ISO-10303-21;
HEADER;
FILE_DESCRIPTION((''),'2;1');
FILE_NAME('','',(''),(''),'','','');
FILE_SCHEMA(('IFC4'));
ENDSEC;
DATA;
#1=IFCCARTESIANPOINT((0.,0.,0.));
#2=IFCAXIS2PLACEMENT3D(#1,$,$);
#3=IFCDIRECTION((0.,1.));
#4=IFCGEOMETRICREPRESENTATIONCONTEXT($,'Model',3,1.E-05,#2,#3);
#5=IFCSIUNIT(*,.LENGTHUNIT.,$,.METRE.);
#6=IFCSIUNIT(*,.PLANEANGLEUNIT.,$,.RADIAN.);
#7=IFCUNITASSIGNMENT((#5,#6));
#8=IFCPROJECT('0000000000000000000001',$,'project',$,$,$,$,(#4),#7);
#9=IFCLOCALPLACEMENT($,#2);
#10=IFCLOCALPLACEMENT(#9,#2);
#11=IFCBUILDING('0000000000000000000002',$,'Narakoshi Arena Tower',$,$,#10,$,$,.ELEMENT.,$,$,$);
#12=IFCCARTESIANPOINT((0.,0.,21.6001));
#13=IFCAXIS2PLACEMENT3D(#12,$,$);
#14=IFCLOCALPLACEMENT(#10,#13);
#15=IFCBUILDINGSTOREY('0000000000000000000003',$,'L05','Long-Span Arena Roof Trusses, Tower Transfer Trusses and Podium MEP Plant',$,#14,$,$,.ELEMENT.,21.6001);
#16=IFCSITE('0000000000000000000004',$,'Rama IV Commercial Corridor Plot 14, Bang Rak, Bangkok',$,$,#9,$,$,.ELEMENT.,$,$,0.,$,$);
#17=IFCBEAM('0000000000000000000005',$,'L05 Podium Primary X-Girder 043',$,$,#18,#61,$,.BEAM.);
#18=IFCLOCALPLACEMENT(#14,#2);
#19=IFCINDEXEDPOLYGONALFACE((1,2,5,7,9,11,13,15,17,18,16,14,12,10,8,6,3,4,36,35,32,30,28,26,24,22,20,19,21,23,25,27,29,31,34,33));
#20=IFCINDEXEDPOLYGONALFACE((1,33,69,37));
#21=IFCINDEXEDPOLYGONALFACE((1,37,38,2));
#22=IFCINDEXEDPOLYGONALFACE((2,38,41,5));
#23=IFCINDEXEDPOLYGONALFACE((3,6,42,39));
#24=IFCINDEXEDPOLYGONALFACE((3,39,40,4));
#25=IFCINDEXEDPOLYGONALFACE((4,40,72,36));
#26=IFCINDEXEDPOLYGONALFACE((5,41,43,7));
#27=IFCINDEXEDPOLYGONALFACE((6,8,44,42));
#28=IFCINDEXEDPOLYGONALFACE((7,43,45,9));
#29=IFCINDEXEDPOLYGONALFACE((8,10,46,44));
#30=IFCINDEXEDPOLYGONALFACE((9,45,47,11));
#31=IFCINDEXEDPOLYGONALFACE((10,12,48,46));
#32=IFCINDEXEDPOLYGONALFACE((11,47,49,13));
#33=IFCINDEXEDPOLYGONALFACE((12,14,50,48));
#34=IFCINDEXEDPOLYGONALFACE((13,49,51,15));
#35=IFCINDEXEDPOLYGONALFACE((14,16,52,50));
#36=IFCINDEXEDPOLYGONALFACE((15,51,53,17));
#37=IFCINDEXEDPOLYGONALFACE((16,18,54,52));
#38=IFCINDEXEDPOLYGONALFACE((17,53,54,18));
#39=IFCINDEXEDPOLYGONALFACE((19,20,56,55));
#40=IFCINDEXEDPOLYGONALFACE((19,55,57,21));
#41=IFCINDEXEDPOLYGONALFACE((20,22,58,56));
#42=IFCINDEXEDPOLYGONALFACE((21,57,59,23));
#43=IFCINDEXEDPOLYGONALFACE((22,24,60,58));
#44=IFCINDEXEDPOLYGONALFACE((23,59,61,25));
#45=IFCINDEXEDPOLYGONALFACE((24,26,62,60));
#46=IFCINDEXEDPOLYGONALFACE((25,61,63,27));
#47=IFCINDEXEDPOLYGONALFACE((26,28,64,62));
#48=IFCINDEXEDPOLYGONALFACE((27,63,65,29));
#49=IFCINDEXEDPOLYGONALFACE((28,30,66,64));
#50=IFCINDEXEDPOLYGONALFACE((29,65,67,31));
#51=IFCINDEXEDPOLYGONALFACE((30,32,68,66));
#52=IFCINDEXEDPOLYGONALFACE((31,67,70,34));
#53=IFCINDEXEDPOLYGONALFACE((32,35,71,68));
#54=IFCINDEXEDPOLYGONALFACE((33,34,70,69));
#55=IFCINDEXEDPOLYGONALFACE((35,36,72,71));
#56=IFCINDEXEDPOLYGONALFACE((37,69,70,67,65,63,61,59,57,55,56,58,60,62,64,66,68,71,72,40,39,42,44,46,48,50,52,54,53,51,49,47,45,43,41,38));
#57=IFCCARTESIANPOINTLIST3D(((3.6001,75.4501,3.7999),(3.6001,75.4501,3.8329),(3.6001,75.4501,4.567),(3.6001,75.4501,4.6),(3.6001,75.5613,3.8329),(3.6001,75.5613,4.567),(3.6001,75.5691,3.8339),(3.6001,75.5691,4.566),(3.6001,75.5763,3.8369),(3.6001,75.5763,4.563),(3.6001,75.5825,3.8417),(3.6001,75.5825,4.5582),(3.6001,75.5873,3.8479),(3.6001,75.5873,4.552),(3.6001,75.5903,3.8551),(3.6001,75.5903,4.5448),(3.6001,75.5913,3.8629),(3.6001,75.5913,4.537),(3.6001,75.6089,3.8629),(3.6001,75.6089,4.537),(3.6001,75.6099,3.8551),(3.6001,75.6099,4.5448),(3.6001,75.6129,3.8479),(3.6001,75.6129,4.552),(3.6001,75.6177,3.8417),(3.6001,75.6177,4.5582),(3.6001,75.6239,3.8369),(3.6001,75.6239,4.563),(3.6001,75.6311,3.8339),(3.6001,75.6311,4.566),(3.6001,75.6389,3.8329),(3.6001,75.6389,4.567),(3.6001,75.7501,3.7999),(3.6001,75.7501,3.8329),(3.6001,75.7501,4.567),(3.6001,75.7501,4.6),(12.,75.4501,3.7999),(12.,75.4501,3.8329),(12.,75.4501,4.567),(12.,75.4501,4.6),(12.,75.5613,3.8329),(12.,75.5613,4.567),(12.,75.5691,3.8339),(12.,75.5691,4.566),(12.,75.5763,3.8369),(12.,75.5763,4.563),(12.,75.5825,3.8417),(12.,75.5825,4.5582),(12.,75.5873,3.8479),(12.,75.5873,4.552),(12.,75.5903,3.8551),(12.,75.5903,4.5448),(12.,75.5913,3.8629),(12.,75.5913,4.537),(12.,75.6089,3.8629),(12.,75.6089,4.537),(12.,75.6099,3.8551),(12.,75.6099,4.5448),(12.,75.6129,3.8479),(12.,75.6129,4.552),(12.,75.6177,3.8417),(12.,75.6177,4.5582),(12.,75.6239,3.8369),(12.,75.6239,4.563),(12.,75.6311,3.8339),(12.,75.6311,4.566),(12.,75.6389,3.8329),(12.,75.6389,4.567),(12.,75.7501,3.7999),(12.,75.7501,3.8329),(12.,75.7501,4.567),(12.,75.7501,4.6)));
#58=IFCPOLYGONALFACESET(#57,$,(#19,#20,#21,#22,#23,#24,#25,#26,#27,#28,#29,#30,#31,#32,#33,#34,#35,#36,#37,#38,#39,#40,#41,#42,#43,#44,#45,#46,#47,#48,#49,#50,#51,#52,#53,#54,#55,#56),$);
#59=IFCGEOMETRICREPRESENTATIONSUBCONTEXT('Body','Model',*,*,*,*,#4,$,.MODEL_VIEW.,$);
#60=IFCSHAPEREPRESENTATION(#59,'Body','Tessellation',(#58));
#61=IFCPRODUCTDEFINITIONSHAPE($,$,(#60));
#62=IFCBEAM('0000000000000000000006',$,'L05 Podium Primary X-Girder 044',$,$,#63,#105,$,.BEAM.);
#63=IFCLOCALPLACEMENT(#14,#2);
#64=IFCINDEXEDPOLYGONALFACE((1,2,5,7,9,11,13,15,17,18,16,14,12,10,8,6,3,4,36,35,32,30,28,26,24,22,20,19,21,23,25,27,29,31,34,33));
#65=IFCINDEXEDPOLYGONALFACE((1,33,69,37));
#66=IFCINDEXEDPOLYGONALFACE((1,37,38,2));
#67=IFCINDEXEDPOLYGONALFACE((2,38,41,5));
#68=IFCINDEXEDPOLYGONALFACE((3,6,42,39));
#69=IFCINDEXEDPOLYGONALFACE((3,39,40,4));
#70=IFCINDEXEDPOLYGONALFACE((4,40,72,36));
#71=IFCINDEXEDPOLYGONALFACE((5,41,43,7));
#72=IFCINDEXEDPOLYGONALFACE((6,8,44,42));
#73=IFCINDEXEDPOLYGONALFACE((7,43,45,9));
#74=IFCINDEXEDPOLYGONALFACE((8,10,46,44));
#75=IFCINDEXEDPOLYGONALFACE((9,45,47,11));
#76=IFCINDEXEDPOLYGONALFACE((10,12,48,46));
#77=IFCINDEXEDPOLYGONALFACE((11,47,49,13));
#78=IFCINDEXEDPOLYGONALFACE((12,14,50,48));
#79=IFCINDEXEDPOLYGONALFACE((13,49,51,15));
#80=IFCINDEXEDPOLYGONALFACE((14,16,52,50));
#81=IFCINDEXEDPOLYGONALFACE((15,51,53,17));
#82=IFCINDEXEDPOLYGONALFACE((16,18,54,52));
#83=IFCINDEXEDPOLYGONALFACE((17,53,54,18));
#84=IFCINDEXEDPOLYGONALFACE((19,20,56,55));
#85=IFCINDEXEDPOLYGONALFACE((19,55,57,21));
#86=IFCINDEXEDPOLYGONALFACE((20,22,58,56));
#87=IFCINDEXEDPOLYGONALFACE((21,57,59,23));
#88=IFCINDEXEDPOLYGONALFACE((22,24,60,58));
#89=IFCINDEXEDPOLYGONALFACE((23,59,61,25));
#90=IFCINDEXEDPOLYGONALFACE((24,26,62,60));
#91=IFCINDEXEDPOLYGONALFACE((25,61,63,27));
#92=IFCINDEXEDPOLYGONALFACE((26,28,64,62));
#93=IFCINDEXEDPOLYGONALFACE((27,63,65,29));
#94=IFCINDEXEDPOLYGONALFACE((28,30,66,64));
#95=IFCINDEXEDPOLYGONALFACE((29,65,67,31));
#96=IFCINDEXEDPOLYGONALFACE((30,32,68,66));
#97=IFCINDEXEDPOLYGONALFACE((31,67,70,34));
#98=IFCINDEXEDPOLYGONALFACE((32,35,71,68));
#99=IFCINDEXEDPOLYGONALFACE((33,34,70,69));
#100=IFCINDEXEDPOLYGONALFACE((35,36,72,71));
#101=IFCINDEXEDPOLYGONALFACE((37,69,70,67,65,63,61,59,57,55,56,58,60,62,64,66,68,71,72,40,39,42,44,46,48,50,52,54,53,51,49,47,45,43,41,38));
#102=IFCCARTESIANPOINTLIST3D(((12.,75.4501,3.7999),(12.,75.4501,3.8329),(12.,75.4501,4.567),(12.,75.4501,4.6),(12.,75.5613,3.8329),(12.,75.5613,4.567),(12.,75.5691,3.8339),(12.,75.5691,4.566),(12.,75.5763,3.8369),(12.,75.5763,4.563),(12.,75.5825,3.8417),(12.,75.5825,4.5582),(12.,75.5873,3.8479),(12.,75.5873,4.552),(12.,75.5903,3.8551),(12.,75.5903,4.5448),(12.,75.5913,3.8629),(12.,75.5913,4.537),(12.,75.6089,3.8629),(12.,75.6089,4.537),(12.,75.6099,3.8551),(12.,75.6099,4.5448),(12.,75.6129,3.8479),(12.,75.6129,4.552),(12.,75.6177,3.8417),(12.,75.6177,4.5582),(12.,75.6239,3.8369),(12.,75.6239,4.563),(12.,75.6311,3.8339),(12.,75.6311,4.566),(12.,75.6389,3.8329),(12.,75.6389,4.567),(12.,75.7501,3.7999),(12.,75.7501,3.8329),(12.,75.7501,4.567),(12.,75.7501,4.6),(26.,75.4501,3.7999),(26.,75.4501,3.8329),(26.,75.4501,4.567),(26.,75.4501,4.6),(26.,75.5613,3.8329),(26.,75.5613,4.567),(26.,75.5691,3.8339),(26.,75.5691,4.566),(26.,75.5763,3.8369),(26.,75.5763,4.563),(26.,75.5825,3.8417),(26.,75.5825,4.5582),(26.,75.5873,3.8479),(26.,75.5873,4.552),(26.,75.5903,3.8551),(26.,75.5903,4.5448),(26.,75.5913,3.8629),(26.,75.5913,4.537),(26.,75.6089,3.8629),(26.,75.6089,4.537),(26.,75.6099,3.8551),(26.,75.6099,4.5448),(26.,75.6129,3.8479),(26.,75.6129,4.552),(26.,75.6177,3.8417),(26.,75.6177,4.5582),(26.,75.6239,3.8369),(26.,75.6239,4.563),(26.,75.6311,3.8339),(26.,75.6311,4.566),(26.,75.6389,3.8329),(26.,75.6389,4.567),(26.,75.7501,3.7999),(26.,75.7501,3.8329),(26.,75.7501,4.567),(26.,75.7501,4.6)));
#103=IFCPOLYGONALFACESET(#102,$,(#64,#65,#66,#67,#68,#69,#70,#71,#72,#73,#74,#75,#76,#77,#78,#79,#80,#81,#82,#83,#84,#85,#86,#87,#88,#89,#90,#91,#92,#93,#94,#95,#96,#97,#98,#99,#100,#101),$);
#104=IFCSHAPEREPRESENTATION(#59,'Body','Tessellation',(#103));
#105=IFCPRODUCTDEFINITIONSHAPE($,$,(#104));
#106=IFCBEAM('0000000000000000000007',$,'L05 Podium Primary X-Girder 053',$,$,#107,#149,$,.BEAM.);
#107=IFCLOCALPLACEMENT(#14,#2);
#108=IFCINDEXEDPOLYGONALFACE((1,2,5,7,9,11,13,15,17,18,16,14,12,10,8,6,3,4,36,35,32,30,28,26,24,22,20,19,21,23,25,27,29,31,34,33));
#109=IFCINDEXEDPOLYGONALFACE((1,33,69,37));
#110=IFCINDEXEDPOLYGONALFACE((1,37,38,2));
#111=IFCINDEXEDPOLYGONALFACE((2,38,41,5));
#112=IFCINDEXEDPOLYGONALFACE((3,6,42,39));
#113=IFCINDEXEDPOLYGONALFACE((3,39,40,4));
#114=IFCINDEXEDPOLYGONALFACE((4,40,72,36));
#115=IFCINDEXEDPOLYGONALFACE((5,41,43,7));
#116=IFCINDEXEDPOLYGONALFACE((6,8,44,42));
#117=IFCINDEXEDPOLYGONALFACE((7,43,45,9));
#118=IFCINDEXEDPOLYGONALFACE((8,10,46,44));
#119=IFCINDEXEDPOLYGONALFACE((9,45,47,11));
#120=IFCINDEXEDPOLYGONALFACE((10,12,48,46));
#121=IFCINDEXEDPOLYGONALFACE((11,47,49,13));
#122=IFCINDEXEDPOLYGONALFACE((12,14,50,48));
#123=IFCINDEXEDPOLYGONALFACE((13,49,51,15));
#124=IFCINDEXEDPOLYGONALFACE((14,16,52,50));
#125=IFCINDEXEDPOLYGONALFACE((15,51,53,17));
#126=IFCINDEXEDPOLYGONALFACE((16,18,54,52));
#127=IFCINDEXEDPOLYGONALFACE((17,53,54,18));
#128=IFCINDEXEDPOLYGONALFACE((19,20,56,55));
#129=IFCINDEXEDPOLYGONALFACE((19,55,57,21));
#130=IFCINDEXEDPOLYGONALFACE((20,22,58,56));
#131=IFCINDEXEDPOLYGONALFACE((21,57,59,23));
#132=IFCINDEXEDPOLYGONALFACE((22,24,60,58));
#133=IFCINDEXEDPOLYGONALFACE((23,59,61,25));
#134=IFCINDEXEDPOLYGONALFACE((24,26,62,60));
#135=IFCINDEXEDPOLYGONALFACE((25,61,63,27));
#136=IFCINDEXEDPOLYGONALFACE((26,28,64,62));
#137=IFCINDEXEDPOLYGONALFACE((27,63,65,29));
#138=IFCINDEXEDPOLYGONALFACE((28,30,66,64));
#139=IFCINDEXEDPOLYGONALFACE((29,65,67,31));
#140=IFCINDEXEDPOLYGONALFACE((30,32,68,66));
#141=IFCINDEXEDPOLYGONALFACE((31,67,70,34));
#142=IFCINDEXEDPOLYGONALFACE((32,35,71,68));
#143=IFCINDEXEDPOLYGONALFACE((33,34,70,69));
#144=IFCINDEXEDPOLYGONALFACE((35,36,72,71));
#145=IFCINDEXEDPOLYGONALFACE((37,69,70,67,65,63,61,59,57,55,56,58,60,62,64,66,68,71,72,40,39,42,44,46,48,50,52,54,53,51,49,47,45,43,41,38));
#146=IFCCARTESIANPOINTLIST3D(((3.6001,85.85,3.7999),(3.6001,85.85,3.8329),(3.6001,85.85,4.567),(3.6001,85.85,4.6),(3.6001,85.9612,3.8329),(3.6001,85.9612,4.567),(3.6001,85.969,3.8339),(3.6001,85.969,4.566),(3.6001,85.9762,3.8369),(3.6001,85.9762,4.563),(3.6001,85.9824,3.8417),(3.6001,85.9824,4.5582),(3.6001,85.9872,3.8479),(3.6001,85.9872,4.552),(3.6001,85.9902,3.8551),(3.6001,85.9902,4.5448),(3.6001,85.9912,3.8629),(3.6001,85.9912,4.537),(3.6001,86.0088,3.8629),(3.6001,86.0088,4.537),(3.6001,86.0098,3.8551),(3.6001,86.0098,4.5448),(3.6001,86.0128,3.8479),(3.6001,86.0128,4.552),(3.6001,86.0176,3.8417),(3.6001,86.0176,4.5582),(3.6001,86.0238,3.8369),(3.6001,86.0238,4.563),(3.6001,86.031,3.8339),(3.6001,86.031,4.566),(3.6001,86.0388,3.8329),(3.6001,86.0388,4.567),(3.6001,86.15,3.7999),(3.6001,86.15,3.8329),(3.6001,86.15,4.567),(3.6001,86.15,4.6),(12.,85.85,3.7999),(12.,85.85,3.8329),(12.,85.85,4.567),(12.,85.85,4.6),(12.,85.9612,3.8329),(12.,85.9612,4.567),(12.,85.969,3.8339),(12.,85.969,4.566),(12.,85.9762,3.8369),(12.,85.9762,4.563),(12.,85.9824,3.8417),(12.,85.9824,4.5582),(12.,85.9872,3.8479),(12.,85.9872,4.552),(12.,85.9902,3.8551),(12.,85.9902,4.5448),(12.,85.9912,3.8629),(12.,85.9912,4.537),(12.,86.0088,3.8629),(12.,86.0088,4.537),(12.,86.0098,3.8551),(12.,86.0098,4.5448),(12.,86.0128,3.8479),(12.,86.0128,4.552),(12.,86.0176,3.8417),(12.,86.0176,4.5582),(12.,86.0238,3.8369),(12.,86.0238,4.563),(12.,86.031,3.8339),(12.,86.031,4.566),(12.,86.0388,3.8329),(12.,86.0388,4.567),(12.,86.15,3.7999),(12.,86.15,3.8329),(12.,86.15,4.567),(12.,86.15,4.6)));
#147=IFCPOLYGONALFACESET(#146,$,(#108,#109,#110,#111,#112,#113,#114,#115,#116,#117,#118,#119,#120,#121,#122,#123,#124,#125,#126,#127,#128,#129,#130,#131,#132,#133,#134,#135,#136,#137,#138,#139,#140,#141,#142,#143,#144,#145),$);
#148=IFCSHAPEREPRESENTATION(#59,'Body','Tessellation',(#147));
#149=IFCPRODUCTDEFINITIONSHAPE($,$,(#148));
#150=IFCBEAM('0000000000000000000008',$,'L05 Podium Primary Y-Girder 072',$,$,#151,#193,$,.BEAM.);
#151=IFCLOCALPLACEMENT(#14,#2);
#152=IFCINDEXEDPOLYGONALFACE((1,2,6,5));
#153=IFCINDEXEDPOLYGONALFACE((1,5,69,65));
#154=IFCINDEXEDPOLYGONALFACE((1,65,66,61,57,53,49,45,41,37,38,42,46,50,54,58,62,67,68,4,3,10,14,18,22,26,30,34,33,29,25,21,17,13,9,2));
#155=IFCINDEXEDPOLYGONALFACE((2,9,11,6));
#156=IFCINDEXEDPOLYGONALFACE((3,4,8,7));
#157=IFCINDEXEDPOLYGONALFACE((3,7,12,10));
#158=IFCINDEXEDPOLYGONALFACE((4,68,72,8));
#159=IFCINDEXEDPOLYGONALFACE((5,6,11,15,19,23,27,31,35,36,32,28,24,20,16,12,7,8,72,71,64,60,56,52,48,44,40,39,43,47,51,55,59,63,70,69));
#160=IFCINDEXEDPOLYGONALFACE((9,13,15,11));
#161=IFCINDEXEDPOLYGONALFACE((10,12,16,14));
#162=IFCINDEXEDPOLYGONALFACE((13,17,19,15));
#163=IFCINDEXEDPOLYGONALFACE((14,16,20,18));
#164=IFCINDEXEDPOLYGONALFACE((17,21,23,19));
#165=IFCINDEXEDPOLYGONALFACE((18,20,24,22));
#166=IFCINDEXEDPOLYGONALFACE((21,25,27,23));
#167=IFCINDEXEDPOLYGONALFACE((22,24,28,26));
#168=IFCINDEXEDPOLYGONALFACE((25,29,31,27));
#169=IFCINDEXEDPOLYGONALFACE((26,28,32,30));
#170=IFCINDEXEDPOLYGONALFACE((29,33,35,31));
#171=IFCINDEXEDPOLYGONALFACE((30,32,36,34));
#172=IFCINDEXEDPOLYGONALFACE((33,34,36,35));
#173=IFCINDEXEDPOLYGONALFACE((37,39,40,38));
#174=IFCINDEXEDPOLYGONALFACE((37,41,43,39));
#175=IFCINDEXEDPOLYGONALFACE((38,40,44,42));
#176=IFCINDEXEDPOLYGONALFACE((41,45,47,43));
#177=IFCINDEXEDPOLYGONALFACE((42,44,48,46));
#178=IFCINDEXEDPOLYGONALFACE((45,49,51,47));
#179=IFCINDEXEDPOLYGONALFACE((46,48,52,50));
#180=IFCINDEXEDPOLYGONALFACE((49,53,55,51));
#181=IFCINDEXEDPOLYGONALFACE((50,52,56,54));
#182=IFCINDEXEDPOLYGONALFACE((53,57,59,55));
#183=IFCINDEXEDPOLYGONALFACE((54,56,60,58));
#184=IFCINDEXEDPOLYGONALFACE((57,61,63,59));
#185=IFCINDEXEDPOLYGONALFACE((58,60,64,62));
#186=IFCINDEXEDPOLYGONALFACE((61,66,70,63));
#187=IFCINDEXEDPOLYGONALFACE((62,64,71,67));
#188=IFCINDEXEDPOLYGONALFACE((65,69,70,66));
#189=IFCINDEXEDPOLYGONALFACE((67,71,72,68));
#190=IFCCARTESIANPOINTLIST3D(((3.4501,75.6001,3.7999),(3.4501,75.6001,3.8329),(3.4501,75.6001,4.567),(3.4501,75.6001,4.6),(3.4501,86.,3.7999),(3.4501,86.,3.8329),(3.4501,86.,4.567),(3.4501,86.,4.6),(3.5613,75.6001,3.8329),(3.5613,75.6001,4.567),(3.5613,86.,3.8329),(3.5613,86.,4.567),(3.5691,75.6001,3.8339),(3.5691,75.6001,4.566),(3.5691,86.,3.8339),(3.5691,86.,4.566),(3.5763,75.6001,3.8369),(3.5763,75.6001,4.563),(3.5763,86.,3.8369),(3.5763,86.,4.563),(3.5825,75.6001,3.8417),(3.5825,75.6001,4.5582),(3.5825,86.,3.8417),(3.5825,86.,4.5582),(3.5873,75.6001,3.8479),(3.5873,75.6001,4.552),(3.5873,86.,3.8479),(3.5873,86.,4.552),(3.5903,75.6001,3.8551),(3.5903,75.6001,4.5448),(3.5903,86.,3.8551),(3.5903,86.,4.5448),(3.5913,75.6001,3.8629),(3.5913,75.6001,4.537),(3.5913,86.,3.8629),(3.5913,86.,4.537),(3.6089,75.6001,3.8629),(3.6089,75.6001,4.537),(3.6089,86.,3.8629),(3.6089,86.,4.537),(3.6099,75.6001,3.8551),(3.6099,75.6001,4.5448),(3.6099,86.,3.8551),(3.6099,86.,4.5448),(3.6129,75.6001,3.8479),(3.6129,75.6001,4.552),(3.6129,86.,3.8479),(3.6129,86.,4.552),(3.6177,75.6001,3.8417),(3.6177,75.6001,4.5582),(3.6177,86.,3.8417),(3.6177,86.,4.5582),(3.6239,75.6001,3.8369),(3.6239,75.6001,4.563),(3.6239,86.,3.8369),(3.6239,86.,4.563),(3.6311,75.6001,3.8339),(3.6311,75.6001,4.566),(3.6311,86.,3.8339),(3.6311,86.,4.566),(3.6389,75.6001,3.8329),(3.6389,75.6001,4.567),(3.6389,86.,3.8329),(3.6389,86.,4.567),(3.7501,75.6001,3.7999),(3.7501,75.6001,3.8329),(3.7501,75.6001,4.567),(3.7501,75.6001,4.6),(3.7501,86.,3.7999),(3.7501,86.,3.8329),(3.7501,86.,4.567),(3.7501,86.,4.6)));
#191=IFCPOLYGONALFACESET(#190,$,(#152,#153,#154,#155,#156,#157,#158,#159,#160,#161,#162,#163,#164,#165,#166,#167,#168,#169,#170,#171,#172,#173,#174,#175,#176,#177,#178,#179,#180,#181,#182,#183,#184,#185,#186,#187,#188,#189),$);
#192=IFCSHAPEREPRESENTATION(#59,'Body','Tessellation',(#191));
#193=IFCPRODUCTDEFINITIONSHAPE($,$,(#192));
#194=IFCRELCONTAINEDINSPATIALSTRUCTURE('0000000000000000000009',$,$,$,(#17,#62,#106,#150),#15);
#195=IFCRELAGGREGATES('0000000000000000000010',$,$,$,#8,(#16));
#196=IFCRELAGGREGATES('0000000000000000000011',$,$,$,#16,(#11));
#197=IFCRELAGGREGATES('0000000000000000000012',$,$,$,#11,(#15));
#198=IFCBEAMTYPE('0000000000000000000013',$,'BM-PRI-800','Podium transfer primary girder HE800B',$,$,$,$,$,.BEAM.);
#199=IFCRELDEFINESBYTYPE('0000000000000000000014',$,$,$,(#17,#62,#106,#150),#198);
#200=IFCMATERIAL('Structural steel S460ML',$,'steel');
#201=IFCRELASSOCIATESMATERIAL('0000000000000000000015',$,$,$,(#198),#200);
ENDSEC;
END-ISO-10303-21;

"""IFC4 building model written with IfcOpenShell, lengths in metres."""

from ifc_helpers import new_model, si_unit, direction, frame, origin, origin_2d, place, context, subcontext, project, spatial, i_section, extrude, material, material_profile, profile_set, type_object, element, save


model = new_model("IFC4")

# Units and contexts
model_context = context("Model", 3, precision=1e-05, world=origin(), true_north=direction((0.0, 1.0)))
body_context = subcontext(model_context, "Body", "Model", "MODEL_VIEW")
ifc_project = project(units=[si_unit("LENGTHUNIT", "METRE"), si_unit("PLANEANGLEUNIT", "RADIAN")], contexts=[model_context])

# Site, building, storey
site_placement = place(None, origin())
site = spatial("IfcSite", under=ifc_project, at=site_placement, Name="Rama IV Commercial Corridor Plot 14, Bang Rak, Bangkok", CompositionType="ELEMENT", RefElevation=0.0)
building_placement = place(site_placement, origin())
building = spatial("IfcBuilding", under=site, at=building_placement, Name="Narakoshi Arena Tower", CompositionType="ELEMENT")
storey_placement = place(building_placement, frame((0.0, 0.0, 21.6001)))
storey = spatial("IfcBuildingStorey", under=building, at=storey_placement, Name="L05", Description="Long-Span Arena Roof Trusses, Tower Transfer Trusses and Podium MEP Plant", CompositionType="ELEMENT", Elevation=21.6001)

# Beams
ifc_material_1 = material(Name="Structural steel S460ML", Category="steel")
ifc_material_profile_1 = material_profile(ifc_material_1, i_section(OverallWidth=0.3, OverallDepth=0.8, WebThickness=0.0176, FlangeThickness=0.033, FilletRadius=0.03, at=origin_2d()), Name="HE800B")
ifc_profile_set_1 = profile_set([ifc_material_profile_1], Name="Structural steel S460ML")
beam_type_1 = type_object("IfcBeamType", Name="BM-PRI-800", Description="Podium transfer primary girder HE800B", PredefinedType="BEAM", material=ifc_profile_set_1)
beam_1_placement = place(storey_placement, frame((3.6001, 75.6001, 4.2), z_axis=(1.0, 0.0, 0.0), x_axis=(0.0, 1.0, 0.0)))
element("IfcBeam", 1, at=beam_1_placement, inside=storey, type_object=beam_type_1, Name="L05 Podium Primary X-Girder 043", PredefinedType="BEAM", context=body_context, shape_type="SweptSolid", body=[
    extrude(i_section(OverallWidth=0.3, OverallDepth=0.8, WebThickness=0.0176, FlangeThickness=0.033, FilletRadius=0.03, at=origin_2d()), origin(), (0.0, 0.0, 1.0), 8.3999),
])
beam_2_placement = place(storey_placement, frame((12.0, 75.6001, 4.2), z_axis=(1.0, 0.0, 0.0), x_axis=(0.0, 1.0, 0.0)))
element("IfcBeam", 2, at=beam_2_placement, inside=storey, type_object=beam_type_1, Name="L05 Podium Primary X-Girder 044", PredefinedType="BEAM", context=body_context, shape_type="SweptSolid", body=[
    extrude(i_section(OverallWidth=0.3, OverallDepth=0.8, WebThickness=0.0176, FlangeThickness=0.033, FilletRadius=0.03, at=origin_2d()), origin(), (0.0, 0.0, 1.0), 14.0),
])
beam_3_placement = place(storey_placement, frame((3.6001, 86.0, 4.2), z_axis=(1.0, 0.0, 0.0), x_axis=(0.0, 1.0, 0.0)))
element("IfcBeam", 3, at=beam_3_placement, inside=storey, type_object=beam_type_1, Name="L05 Podium Primary X-Girder 053", PredefinedType="BEAM", context=body_context, shape_type="SweptSolid", body=[
    extrude(i_section(OverallWidth=0.3, OverallDepth=0.8, WebThickness=0.0176, FlangeThickness=0.033, FilletRadius=0.03, at=origin_2d()), origin(), (0.0, 0.0, 1.0), 8.3999),
])
beam_4_placement = place(storey_placement, frame((3.6001, 75.6001, 4.2), z_axis=(0.0, 1.0, 0.0), x_axis=(-1.0, 0.0, 0.0)))
element("IfcBeam", 4, at=beam_4_placement, inside=storey, type_object=beam_type_1, Name="L05 Podium Primary Y-Girder 072", PredefinedType="BEAM", context=body_context, shape_type="SweptSolid", body=[
    extrude(i_section(OverallWidth=0.3, OverallDepth=0.8, WebThickness=0.0176, FlangeThickness=0.033, FilletRadius=0.03, at=origin_2d()), origin(), (0.0, 0.0, 1.0), 10.3999),
])

save(model, "model.ifc")
